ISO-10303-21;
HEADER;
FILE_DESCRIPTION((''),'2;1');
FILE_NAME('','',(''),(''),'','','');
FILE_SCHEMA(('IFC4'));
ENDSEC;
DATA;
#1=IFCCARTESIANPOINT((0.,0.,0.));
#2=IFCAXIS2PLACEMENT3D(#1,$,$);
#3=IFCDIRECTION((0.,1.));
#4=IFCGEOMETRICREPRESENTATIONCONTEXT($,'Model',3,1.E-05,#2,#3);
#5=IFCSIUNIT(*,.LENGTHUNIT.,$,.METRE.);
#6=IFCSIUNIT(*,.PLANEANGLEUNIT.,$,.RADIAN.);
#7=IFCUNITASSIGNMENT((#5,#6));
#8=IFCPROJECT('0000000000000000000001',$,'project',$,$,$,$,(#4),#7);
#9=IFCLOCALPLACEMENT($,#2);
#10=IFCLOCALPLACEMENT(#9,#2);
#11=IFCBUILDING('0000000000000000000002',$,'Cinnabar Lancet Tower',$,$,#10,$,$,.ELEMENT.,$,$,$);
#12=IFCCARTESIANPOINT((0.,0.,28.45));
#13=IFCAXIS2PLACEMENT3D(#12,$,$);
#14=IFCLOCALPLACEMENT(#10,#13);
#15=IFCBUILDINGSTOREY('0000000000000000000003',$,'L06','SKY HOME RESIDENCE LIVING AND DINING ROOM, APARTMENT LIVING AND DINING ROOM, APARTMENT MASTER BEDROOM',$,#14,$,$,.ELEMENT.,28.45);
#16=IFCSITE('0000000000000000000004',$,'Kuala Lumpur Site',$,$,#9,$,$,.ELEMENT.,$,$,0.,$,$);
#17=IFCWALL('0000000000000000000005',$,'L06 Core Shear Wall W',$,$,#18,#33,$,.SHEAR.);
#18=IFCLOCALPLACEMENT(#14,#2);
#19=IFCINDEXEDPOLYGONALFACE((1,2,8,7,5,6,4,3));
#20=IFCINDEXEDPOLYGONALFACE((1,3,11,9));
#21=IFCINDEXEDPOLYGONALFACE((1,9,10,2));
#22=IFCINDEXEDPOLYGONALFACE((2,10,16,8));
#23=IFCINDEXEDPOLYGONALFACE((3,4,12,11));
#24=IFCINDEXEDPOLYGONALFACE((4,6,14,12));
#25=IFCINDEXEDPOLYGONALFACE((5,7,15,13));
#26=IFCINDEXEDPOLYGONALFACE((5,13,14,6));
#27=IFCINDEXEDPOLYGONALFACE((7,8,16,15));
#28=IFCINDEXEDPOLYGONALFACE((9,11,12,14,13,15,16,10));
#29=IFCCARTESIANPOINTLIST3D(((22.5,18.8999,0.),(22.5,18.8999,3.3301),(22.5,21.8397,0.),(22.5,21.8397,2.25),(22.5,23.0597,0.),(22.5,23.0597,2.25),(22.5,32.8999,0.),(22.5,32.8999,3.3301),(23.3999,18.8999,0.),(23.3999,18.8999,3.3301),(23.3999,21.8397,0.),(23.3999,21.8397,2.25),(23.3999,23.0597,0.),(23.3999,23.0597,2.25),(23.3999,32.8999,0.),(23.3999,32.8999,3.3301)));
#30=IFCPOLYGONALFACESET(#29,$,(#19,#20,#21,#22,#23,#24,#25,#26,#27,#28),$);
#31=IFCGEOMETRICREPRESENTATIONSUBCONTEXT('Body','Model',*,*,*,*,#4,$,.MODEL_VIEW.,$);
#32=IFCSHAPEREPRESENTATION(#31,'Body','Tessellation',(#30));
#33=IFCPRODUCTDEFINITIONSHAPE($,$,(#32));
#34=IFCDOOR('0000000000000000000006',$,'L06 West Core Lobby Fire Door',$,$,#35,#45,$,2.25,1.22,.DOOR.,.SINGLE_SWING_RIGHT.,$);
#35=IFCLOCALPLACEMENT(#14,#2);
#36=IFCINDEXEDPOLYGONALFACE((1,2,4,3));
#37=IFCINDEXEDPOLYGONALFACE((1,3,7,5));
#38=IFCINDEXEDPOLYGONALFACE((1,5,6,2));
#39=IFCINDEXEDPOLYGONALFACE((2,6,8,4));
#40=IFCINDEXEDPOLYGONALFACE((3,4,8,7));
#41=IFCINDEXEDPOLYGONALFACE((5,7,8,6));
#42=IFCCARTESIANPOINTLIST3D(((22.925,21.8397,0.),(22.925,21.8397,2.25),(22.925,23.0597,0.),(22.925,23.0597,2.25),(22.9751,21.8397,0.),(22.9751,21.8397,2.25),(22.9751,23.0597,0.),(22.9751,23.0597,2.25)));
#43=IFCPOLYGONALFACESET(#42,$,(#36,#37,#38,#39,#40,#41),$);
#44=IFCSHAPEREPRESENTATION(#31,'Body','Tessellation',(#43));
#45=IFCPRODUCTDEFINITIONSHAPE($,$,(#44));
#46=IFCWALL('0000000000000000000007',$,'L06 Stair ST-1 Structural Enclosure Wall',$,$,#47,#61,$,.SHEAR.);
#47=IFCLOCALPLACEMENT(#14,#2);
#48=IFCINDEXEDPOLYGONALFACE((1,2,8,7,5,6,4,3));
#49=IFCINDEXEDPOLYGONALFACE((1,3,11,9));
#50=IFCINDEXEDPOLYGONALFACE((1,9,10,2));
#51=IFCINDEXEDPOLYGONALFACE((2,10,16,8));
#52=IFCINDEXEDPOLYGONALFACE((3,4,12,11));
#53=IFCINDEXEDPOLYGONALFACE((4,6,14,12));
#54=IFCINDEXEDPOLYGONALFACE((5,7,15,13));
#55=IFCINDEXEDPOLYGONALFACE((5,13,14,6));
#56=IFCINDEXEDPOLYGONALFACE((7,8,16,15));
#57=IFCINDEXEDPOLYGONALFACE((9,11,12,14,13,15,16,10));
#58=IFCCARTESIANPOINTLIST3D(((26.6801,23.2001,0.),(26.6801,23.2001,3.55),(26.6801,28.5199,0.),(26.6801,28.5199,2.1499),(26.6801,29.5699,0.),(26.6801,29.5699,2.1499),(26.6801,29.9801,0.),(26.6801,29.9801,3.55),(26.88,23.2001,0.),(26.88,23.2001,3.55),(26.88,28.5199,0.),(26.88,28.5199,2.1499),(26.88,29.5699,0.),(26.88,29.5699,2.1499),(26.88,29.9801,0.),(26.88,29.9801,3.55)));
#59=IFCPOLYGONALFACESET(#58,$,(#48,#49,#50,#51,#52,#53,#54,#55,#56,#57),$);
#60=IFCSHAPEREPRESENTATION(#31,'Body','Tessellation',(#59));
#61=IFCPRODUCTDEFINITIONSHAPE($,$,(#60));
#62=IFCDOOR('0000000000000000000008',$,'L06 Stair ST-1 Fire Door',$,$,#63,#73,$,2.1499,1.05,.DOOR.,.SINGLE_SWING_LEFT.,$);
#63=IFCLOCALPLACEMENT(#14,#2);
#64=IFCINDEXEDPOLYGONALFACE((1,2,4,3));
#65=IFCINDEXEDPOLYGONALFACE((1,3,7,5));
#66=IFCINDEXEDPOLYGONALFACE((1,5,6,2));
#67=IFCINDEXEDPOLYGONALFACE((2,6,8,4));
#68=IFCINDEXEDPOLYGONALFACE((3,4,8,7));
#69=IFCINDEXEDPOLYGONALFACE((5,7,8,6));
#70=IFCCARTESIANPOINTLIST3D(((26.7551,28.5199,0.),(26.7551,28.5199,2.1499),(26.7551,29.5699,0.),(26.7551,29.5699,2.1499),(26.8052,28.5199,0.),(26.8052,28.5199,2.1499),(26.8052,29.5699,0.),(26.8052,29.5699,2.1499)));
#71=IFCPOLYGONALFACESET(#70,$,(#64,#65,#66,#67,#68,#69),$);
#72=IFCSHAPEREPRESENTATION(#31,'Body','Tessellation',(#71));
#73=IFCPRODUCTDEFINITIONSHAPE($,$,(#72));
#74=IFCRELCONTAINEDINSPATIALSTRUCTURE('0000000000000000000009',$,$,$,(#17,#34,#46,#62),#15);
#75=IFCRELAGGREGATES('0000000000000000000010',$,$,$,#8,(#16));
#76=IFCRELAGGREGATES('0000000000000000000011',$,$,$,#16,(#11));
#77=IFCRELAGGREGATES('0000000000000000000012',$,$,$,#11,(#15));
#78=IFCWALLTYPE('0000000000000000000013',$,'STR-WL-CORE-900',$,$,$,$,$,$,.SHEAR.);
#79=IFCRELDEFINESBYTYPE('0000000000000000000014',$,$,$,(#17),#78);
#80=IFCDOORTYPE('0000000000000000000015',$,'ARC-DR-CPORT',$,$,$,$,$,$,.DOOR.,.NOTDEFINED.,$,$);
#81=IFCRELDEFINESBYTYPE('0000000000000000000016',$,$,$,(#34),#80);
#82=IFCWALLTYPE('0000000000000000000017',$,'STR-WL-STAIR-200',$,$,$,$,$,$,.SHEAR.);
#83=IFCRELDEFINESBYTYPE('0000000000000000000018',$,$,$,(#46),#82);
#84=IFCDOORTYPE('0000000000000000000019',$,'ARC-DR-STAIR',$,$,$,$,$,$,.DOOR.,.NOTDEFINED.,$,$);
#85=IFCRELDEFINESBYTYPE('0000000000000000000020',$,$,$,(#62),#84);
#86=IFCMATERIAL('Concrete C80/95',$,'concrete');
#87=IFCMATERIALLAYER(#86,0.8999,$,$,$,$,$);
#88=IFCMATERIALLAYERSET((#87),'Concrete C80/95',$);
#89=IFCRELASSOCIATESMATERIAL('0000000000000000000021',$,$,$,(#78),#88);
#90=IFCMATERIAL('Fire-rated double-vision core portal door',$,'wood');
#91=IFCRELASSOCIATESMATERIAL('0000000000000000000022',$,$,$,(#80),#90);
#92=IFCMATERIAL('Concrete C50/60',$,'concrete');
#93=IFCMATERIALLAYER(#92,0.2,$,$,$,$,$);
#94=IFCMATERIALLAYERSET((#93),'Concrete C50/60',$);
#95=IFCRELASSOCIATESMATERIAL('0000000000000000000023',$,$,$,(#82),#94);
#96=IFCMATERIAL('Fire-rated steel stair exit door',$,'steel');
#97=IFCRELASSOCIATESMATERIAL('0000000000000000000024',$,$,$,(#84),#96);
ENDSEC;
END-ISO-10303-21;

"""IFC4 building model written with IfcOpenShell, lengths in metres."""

from ifc_helpers import new_model, si_unit, direction, frame, frame_2d, origin, place, context, subcontext, project, spatial, rectangle, extrude, material, layer, layer_set, type_object, element, fill, save


model = new_model("IFC4")

# Units and contexts
model_context = context("Model", 3, precision=1e-05, world=origin(), true_north=direction((0.0, 1.0)))
body_context = subcontext(model_context, "Body", "Model", "MODEL_VIEW")
ifc_project = project(units=[si_unit("LENGTHUNIT", "METRE"), si_unit("PLANEANGLEUNIT", "RADIAN")], contexts=[model_context])

# Site, building, storey
site_placement = place(None, origin())
site = spatial("IfcSite", under=ifc_project, at=site_placement, Name="Kuala Lumpur Site", CompositionType="ELEMENT", RefElevation=0.0)
building_placement = place(site_placement, origin())
building = spatial("IfcBuilding", under=site, at=building_placement, Name="Cinnabar Lancet Tower", CompositionType="ELEMENT")
storey_placement = place(building_placement, frame((0.0, 0.0, 28.45)))
storey = spatial("IfcBuildingStorey", under=building, at=storey_placement, Name="L06", Description="SKY HOME RESIDENCE LIVING AND DINING ROOM, APARTMENT LIVING AND DINING ROOM, APARTMENT MASTER BEDROOM", CompositionType="ELEMENT", Elevation=28.45)

# Walls, openings, doors
ifc_material_1 = material(Name="Concrete C80/95", Category="concrete")
ifc_layer_1 = layer(ifc_material_1, 0.8999)
ifc_layer_set_1 = layer_set([ifc_layer_1], Name="Concrete C80/95")
wall_type_1 = type_object("IfcWallType", Name="STR-WL-CORE-900", PredefinedType="SHEAR", material=ifc_layer_set_1)
wall_1_placement = place(storey_placement, frame((22.95, 18.8999, 0.0), z_axis=(0.0, 0.0, 1.0), x_axis=(0.0, 1.0, 0.0)))
wall_1 = element("IfcWall", 1, at=wall_1_placement, inside=storey, type_object=wall_type_1, Name="L06 Core Shear Wall W", PredefinedType="SHEAR", context=body_context, shape_type="SweptSolid", body=[
    extrude(rectangle(XDim=14.0, YDim=0.8999, at=frame_2d((7.0, 0.0))), origin(), (0.0, 0.0, 1.0), 3.3301),
])
opening_1_placement = place(wall_1_placement, frame((2.9399, 0.0, 0.0)))
opening_1 = element("IfcOpeningElement", 2, at=opening_1_placement, cuts=wall_1, PredefinedType="OPENING", context=body_context, shape_type="SweptSolid", body=[
    extrude(rectangle(XDim=1.22, YDim=2.25, at=frame_2d((0.6099, 1.125))), frame((0.0, 0.46, 0.0), z_axis=(0.0, -1.0, 0.0), x_axis=(1.0, 0.0, 0.0)), (0.0, 0.0, 1.0), 0.9199),
])
ifc_material_2 = material(Name="Fire-rated double-vision core portal door", Category="wood")
door_type_1 = type_object("IfcDoorType", Name="ARC-DR-CPORT", OperationType="NOTDEFINED", PredefinedType="DOOR", material=ifc_material_2)
door_1_placement = place(opening_1_placement, origin())
door_1 = element("IfcDoor", 3, at=door_1_placement, inside=storey, type_object=door_type_1, Name="L06 West Core Lobby Fire Door", OperationType="SINGLE_SWING_RIGHT", OverallHeight=2.25, OverallWidth=1.22, PredefinedType="DOOR", context=body_context, shape_type="SweptSolid", body=[
    extrude(rectangle(XDim=1.22, YDim=2.25, at=frame_2d((0.6099, 1.125))), frame((0.0, 0.0249, 0.0), z_axis=(0.0, -1.0, 0.0), x_axis=(1.0, 0.0, 0.0)), (0.0, 0.0, 1.0), 0.05),
])
fill(opening_1, door_1)
ifc_material_3 = material(Name="Concrete C50/60", Category="concrete")
ifc_layer_2 = layer(ifc_material_3, 0.2)
ifc_layer_set_2 = layer_set([ifc_layer_2], Name="Concrete C50/60")
wall_type_2 = type_object("IfcWallType", Name="STR-WL-STAIR-200", PredefinedType="SHEAR", material=ifc_layer_set_2)
wall_2_placement = place(storey_placement, frame((26.78, 23.2, 0.0), z_axis=(0.0, 0.0, 1.0), x_axis=(0.0, 1.0, 0.0)))
wall_2 = element("IfcWall", 4, at=wall_2_placement, inside=storey, type_object=wall_type_2, Name="L06 Stair ST-1 Structural Enclosure Wall", PredefinedType="SHEAR", context=body_context, shape_type="SweptSolid", body=[
    extrude(rectangle(XDim=6.78, YDim=0.2, at=frame_2d((3.3901, 0.0))), origin(), (0.0, 0.0, 1.0), 3.55),
])
opening_2_placement = place(wall_2_placement, frame((5.3201, 0.0, 0.0)))
opening_2 = element("IfcOpeningElement", 5, at=opening_2_placement, cuts=wall_2, PredefinedType="OPENING", context=body_context, shape_type="SweptSolid", body=[
    extrude(rectangle(XDim=1.05, YDim=2.1499, at=frame_2d((0.5249, 1.075))), frame((0.0, 0.1099, 0.0), z_axis=(0.0, -1.0, 0.0), x_axis=(1.0, 0.0, 0.0)), (0.0, 0.0, 1.0), 0.22),
])
ifc_material_4 = material(Name="Fire-rated steel stair exit door", Category="steel")
door_type_2 = type_object("IfcDoorType", Name="ARC-DR-STAIR", OperationType="NOTDEFINED", PredefinedType="DOOR", material=ifc_material_4)
door_2_placement = place(opening_2_placement, origin())
door_2 = element("IfcDoor", 6, at=door_2_placement, inside=storey, type_object=door_type_2, Name="L06 Stair ST-1 Fire Door", OperationType="SINGLE_SWING_LEFT", OverallHeight=2.1499, OverallWidth=1.05, PredefinedType="DOOR", context=body_context, shape_type="SweptSolid", body=[
    extrude(rectangle(XDim=1.05, YDim=2.1499, at=frame_2d((0.5249, 1.075))), frame((0.0, 0.0249, 0.0), z_axis=(0.0, -1.0, 0.0), x_axis=(1.0, 0.0, 0.0)), (0.0, 0.0, 1.0), 0.05),
])
fill(opening_2, door_2)

save(model, "model.ifc")
